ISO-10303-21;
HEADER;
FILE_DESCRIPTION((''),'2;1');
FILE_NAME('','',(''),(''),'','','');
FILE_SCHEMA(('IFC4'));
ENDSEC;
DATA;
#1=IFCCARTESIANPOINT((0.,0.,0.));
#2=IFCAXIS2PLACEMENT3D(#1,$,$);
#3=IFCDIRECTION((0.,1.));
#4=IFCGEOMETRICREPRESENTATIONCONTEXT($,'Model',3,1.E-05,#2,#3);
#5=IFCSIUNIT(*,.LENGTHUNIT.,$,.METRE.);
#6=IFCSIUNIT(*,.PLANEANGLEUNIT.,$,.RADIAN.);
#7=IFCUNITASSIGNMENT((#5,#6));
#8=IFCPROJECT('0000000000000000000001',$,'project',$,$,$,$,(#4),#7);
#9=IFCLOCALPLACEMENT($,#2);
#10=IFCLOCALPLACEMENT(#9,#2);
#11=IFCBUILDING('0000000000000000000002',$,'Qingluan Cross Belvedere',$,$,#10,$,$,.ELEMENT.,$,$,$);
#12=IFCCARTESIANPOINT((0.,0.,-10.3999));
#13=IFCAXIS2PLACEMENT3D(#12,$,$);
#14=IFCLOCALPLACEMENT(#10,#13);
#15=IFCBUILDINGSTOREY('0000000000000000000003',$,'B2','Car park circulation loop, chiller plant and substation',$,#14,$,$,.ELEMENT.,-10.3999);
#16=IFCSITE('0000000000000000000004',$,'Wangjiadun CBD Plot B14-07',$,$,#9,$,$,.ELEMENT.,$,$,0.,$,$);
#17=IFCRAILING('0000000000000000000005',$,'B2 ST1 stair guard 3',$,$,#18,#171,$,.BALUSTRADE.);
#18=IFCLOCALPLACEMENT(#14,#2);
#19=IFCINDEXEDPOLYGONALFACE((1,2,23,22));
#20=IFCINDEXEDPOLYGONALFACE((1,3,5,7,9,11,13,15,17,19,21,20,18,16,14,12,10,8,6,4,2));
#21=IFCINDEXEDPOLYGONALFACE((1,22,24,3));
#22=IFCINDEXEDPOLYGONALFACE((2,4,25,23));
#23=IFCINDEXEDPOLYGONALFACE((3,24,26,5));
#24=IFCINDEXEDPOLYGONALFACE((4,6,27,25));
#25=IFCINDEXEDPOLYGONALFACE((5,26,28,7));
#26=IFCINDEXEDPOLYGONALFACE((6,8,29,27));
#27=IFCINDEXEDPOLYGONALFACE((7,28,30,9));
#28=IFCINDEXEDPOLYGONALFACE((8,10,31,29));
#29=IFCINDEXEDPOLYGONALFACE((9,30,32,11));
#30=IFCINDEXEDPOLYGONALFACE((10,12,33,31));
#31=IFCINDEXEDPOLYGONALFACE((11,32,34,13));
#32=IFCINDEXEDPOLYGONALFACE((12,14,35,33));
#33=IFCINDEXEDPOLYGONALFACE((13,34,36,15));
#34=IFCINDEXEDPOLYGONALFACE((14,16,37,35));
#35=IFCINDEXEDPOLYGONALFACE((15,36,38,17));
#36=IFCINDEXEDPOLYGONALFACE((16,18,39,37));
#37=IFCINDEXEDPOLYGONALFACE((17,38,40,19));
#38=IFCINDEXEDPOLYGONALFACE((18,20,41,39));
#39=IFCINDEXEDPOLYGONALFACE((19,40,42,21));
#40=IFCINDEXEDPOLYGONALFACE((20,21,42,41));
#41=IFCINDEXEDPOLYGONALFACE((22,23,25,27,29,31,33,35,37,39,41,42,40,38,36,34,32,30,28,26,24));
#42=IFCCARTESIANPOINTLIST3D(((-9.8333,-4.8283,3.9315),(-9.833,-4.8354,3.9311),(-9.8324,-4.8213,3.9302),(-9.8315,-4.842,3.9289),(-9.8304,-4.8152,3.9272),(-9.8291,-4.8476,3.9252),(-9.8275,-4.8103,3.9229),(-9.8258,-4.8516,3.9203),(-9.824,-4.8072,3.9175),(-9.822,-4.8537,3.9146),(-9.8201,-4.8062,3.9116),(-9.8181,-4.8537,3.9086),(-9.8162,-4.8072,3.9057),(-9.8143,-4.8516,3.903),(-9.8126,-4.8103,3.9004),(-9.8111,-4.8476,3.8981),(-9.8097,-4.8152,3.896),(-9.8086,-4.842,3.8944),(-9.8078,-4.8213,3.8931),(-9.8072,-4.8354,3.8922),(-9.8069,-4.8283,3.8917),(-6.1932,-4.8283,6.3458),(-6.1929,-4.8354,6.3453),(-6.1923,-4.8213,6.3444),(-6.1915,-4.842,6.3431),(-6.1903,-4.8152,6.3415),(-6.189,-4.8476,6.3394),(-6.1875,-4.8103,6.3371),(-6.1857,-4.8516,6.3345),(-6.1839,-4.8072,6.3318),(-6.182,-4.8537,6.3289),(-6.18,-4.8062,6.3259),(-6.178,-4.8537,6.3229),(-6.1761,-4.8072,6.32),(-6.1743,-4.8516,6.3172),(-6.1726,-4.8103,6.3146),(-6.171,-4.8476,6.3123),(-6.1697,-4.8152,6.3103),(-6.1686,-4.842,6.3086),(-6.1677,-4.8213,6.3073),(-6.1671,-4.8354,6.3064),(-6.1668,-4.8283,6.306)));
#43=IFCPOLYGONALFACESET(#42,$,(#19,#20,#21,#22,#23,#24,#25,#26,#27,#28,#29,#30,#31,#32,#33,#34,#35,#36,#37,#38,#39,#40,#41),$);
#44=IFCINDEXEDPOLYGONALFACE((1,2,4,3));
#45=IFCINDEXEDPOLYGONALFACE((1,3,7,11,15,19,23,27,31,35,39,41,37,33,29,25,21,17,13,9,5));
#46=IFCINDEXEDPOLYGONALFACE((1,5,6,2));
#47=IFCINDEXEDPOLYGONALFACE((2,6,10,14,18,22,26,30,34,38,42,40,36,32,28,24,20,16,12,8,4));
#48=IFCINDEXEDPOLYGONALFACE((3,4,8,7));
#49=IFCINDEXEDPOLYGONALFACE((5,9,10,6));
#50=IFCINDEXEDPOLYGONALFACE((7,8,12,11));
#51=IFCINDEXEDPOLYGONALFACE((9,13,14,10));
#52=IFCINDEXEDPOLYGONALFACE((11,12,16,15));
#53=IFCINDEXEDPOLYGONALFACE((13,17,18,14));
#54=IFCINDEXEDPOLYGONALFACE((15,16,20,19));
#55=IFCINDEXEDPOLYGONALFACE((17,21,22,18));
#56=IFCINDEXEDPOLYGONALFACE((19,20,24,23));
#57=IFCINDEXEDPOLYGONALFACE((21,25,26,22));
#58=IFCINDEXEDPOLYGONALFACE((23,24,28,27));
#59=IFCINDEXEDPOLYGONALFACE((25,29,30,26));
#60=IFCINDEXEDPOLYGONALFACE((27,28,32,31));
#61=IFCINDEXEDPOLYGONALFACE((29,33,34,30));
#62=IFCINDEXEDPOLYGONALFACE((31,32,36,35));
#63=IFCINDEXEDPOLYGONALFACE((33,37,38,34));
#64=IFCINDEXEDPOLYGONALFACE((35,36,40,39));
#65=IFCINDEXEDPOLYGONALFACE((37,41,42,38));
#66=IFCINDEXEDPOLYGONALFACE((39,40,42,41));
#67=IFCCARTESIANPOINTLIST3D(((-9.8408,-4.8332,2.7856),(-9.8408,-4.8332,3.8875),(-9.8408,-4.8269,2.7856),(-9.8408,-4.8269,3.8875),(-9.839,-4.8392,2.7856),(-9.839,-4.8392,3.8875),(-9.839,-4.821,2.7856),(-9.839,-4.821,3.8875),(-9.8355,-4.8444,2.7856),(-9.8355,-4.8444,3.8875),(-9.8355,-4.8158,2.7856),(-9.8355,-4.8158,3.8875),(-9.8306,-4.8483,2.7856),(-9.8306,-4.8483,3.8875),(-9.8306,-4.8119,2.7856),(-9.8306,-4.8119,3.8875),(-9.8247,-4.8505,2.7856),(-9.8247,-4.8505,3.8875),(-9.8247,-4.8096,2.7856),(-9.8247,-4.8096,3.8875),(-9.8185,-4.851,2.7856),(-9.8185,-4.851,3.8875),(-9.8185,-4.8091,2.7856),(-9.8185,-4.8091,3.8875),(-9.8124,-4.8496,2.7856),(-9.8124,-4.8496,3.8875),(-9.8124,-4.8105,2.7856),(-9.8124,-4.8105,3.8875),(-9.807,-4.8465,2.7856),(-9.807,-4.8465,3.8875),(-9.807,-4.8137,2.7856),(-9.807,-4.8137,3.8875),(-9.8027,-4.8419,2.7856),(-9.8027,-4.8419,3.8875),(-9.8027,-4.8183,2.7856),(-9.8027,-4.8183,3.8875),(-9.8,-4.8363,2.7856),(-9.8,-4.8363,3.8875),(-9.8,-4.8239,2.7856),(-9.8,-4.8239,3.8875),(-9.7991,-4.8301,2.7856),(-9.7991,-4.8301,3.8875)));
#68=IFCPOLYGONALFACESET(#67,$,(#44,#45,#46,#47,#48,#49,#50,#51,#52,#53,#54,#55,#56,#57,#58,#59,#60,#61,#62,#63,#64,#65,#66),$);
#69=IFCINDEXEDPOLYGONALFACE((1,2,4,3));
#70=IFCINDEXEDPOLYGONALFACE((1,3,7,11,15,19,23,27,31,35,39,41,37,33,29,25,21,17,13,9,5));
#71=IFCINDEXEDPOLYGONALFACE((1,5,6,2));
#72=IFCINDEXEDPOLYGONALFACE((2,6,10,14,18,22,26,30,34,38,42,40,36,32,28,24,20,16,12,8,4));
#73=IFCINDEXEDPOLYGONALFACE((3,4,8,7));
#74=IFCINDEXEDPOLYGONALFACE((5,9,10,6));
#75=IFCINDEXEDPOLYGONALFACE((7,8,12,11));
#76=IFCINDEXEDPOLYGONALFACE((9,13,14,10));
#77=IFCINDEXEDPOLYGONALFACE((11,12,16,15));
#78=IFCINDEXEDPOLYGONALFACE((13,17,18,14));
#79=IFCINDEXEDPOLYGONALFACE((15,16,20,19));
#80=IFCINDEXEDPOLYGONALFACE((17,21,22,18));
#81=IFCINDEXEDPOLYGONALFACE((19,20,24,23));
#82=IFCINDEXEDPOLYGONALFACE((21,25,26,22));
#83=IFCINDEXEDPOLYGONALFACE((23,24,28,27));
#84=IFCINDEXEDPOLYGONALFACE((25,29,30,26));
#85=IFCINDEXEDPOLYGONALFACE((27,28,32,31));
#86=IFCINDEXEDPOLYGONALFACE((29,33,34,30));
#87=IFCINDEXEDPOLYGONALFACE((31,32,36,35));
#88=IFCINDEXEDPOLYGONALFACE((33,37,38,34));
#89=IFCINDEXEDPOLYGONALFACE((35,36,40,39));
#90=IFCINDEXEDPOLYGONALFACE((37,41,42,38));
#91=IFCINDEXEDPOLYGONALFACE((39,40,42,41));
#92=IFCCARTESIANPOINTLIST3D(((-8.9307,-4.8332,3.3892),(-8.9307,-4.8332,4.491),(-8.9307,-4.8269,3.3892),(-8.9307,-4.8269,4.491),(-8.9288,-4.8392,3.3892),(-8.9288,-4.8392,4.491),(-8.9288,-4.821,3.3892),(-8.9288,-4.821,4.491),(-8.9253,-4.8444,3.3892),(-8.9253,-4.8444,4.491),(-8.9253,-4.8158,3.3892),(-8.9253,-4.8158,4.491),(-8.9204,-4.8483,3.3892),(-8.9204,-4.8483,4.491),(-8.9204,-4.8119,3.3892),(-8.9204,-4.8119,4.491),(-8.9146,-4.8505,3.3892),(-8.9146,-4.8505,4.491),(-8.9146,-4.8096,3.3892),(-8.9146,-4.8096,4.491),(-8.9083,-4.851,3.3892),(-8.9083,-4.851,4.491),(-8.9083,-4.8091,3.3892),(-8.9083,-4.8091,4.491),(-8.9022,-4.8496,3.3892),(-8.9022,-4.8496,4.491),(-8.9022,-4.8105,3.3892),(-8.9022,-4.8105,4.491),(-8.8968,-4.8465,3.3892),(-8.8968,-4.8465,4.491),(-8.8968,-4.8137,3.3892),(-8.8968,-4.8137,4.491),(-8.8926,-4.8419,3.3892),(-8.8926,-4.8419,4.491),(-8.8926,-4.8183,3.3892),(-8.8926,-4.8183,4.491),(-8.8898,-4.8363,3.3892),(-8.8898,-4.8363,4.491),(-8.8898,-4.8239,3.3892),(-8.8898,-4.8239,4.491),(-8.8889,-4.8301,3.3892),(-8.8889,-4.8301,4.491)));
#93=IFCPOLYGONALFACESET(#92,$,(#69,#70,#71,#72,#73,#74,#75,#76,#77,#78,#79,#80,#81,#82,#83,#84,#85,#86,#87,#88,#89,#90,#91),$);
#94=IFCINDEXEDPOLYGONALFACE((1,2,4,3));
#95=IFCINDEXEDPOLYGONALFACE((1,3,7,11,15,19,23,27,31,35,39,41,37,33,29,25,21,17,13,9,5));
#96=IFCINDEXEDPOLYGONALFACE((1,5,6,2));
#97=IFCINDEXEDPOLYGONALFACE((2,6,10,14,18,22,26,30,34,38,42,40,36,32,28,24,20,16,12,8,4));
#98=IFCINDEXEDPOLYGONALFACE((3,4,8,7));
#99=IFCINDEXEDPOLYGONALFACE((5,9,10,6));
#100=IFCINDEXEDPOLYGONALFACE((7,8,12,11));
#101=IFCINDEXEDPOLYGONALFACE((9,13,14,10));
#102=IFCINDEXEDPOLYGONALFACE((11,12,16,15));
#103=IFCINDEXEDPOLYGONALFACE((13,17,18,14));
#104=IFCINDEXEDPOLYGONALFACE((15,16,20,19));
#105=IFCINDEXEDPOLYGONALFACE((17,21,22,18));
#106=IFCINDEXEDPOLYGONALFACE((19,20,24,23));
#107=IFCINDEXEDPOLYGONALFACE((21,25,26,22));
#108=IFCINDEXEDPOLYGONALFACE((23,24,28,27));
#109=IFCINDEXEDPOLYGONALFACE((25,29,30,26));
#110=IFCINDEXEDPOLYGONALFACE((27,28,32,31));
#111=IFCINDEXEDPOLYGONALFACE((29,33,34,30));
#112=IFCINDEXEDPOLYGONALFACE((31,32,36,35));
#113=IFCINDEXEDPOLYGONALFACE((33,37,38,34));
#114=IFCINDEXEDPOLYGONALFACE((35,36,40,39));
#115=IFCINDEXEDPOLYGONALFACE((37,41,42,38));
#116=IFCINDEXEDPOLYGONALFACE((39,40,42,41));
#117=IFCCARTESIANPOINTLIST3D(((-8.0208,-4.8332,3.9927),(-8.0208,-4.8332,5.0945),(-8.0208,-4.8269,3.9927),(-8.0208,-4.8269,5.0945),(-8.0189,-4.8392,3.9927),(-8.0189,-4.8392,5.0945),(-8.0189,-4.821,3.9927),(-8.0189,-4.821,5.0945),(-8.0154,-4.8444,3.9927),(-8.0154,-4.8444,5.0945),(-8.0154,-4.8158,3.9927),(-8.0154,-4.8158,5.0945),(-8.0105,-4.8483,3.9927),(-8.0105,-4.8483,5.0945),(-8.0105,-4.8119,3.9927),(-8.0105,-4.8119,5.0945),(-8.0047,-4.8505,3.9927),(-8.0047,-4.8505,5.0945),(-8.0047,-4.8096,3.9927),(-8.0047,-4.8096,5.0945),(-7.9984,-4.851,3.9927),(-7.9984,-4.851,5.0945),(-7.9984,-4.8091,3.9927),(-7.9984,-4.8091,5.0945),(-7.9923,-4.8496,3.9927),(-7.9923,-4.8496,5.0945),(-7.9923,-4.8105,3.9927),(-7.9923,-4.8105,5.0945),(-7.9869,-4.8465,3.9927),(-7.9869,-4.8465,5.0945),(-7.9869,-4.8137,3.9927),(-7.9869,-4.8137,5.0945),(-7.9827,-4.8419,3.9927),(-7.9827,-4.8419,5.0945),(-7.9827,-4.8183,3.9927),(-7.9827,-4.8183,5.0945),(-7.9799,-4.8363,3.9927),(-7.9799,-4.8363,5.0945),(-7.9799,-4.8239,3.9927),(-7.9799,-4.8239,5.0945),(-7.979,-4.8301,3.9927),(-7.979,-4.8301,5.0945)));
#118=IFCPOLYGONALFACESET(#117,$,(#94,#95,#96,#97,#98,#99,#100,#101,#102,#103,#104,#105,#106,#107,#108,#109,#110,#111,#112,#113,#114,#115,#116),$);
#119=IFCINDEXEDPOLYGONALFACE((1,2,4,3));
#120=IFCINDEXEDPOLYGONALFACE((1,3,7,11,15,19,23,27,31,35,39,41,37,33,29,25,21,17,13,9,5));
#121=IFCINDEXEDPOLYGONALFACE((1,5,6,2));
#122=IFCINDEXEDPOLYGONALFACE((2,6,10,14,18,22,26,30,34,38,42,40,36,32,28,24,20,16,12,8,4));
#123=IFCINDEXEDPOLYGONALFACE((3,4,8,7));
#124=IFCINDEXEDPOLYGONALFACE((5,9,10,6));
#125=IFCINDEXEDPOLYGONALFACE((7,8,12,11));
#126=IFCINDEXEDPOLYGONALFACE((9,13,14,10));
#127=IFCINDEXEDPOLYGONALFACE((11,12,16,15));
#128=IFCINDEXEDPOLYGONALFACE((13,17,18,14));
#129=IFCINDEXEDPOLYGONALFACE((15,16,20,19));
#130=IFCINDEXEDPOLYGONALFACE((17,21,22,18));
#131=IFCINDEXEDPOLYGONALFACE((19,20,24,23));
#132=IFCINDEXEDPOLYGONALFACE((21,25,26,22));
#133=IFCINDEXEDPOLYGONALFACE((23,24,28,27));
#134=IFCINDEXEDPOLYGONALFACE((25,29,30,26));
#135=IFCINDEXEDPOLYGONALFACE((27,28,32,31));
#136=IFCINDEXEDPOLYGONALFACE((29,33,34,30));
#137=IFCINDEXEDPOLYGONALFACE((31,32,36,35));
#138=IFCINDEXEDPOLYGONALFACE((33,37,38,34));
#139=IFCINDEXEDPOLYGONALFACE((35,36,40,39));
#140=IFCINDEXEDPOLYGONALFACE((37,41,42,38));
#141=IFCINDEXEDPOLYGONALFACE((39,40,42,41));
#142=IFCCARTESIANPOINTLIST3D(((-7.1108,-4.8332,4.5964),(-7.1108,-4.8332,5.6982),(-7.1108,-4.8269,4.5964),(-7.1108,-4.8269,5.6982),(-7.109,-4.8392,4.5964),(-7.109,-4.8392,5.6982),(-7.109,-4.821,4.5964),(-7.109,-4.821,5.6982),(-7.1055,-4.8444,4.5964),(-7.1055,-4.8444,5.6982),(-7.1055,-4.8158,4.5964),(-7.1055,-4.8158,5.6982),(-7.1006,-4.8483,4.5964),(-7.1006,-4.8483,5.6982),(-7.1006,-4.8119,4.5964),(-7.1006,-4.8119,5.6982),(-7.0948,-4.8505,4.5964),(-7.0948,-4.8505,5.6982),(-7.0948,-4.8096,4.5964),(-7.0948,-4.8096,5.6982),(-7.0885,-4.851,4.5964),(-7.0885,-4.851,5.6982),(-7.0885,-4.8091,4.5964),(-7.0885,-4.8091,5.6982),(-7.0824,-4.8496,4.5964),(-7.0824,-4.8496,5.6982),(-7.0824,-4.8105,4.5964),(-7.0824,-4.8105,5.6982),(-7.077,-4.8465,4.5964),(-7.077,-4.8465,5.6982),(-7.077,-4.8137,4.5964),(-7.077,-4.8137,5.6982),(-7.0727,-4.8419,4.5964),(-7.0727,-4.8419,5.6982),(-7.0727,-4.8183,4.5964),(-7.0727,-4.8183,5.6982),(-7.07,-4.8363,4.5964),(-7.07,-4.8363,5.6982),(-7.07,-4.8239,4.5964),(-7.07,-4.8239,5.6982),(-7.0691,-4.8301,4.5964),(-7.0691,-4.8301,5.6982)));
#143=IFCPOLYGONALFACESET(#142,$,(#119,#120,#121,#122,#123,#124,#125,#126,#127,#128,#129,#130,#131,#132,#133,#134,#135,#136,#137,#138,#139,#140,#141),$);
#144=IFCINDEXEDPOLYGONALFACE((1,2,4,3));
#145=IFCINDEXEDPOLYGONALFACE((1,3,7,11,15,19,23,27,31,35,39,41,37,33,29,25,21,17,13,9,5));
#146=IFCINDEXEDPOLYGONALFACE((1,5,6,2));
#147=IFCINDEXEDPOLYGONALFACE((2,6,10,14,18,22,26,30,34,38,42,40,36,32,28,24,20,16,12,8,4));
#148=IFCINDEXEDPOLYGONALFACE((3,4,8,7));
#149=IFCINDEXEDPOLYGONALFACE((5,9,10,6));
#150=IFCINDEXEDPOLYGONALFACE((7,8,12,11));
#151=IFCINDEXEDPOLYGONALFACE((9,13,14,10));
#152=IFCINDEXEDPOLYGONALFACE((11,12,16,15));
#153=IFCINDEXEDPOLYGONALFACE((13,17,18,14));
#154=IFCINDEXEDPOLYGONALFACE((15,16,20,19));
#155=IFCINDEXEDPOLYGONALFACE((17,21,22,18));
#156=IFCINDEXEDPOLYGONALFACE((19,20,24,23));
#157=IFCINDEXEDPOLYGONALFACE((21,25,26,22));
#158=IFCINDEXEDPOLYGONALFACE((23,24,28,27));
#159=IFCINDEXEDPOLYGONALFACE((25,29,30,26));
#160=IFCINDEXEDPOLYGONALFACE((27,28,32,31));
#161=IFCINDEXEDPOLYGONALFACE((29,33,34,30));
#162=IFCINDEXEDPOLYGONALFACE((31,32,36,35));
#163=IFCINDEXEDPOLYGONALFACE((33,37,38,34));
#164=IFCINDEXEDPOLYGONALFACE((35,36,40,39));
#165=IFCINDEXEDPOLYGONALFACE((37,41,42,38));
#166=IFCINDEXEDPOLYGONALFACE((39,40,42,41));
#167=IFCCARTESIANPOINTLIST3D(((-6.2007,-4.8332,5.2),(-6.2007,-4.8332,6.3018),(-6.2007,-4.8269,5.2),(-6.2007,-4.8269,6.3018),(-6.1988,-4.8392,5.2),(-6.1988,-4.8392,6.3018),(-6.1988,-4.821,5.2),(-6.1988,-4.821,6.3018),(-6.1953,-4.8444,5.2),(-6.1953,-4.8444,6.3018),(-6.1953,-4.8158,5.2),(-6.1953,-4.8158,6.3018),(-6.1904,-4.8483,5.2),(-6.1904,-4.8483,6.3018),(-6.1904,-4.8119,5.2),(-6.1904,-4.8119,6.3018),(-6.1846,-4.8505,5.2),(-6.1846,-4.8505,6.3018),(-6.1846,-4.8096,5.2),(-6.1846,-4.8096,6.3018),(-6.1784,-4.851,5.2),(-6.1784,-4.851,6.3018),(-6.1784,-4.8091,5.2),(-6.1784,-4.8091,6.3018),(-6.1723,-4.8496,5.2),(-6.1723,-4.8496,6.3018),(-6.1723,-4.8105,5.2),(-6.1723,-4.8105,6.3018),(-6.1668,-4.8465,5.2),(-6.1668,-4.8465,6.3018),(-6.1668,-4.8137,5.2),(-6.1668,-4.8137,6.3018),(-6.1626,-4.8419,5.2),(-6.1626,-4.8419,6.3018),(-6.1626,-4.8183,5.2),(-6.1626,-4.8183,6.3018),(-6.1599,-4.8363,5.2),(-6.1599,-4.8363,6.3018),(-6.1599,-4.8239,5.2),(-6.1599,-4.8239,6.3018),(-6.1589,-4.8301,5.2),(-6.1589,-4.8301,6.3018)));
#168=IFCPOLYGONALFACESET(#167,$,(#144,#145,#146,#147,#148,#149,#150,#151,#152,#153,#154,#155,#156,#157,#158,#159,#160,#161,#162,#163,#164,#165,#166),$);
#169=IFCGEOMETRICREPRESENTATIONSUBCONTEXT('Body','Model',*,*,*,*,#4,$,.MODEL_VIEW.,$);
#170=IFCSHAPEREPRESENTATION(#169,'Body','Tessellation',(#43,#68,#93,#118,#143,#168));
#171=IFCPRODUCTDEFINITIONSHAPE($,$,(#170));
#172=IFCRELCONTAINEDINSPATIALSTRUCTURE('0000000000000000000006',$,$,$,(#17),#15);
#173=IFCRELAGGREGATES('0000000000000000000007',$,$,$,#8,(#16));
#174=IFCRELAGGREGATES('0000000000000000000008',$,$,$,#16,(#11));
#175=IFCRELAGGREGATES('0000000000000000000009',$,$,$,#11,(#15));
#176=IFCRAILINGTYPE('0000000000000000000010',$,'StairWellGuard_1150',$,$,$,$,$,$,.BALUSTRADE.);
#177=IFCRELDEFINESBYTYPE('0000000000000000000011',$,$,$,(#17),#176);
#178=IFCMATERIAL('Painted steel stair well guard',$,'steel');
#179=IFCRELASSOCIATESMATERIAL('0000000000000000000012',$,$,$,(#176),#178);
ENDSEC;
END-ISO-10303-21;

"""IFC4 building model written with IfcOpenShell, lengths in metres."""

from ifc_helpers import new_model, si_unit, direction, frame, origin, origin_2d, place, context, subcontext, project, spatial, circle, extrude, material, type_object, element, save


model = new_model("IFC4")

# Units and contexts
model_context = context("Model", 3, precision=1e-05, world=origin(), true_north=direction((0.0, 1.0)))
body_context = subcontext(model_context, "Body", "Model", "MODEL_VIEW")
ifc_project = project(units=[si_unit("LENGTHUNIT", "METRE"), si_unit("PLANEANGLEUNIT", "RADIAN")], contexts=[model_context])

# Site, building, storey
site_placement = place(None, origin())
site = spatial("IfcSite", under=ifc_project, at=site_placement, Name="Wangjiadun CBD Plot B14-07", CompositionType="ELEMENT", RefElevation=0.0)
building_placement = place(site_placement, origin())
building = spatial("IfcBuilding", under=site, at=building_placement, Name="Qingluan Cross Belvedere", CompositionType="ELEMENT")
storey_placement = place(building_placement, frame((0.0, 0.0, -10.3999)))
storey = spatial("IfcBuildingStorey", under=building, at=storey_placement, Name="B2", Description="Car park circulation loop, chiller plant and substation", CompositionType="ELEMENT", Elevation=-10.3999)

# Railing
ifc_material_1 = material(Name="Painted steel stair well guard", Category="steel")
railing_type_1 = type_object("IfcRailingType", Name="StairWellGuard_1150", PredefinedType="BALUSTRADE", material=ifc_material_1)
railing_1_placement = place(storey_placement, frame((-9.8201, -4.8301, 2.7856)))
element("IfcRailing", 1, at=railing_1_placement, inside=storey, type_object=railing_type_1, Name="B2 ST1 stair guard 3", PredefinedType="BALUSTRADE", context=body_context, shape_type="SweptSolid", body=[
    extrude(circle(Radius=0.0239, at=origin_2d()), frame((0.0, 0.0, 1.126), z_axis=(0.833364, 0.0, 0.552725), x_axis=(0.0, 1.0, 0.0)), (0.0, 0.0, 1.0), 4.3679),
    extrude(circle(Radius=0.021, at=origin_2d()), origin(), (0.0, 0.0, 1.0), 1.1018),
    extrude(circle(Radius=0.021, at=origin_2d()), frame((0.9102, 0.0, 0.6035)), (0.0, 0.0, 1.0), 1.1018),
    extrude(circle(Radius=0.021, at=origin_2d()), frame((1.8201, 0.0, 1.207)), (0.0, 0.0, 1.0), 1.1018),
    extrude(circle(Radius=0.021, at=origin_2d()), frame((2.73, 0.0, 1.8108)), (0.0, 0.0, 1.0), 1.1018),
    extrude(circle(Radius=0.021, at=origin_2d()), frame((3.6401, 0.0, 2.4143)), (0.0, 0.0, 1.0), 1.1018),
])

save(model, "model.ifc")
